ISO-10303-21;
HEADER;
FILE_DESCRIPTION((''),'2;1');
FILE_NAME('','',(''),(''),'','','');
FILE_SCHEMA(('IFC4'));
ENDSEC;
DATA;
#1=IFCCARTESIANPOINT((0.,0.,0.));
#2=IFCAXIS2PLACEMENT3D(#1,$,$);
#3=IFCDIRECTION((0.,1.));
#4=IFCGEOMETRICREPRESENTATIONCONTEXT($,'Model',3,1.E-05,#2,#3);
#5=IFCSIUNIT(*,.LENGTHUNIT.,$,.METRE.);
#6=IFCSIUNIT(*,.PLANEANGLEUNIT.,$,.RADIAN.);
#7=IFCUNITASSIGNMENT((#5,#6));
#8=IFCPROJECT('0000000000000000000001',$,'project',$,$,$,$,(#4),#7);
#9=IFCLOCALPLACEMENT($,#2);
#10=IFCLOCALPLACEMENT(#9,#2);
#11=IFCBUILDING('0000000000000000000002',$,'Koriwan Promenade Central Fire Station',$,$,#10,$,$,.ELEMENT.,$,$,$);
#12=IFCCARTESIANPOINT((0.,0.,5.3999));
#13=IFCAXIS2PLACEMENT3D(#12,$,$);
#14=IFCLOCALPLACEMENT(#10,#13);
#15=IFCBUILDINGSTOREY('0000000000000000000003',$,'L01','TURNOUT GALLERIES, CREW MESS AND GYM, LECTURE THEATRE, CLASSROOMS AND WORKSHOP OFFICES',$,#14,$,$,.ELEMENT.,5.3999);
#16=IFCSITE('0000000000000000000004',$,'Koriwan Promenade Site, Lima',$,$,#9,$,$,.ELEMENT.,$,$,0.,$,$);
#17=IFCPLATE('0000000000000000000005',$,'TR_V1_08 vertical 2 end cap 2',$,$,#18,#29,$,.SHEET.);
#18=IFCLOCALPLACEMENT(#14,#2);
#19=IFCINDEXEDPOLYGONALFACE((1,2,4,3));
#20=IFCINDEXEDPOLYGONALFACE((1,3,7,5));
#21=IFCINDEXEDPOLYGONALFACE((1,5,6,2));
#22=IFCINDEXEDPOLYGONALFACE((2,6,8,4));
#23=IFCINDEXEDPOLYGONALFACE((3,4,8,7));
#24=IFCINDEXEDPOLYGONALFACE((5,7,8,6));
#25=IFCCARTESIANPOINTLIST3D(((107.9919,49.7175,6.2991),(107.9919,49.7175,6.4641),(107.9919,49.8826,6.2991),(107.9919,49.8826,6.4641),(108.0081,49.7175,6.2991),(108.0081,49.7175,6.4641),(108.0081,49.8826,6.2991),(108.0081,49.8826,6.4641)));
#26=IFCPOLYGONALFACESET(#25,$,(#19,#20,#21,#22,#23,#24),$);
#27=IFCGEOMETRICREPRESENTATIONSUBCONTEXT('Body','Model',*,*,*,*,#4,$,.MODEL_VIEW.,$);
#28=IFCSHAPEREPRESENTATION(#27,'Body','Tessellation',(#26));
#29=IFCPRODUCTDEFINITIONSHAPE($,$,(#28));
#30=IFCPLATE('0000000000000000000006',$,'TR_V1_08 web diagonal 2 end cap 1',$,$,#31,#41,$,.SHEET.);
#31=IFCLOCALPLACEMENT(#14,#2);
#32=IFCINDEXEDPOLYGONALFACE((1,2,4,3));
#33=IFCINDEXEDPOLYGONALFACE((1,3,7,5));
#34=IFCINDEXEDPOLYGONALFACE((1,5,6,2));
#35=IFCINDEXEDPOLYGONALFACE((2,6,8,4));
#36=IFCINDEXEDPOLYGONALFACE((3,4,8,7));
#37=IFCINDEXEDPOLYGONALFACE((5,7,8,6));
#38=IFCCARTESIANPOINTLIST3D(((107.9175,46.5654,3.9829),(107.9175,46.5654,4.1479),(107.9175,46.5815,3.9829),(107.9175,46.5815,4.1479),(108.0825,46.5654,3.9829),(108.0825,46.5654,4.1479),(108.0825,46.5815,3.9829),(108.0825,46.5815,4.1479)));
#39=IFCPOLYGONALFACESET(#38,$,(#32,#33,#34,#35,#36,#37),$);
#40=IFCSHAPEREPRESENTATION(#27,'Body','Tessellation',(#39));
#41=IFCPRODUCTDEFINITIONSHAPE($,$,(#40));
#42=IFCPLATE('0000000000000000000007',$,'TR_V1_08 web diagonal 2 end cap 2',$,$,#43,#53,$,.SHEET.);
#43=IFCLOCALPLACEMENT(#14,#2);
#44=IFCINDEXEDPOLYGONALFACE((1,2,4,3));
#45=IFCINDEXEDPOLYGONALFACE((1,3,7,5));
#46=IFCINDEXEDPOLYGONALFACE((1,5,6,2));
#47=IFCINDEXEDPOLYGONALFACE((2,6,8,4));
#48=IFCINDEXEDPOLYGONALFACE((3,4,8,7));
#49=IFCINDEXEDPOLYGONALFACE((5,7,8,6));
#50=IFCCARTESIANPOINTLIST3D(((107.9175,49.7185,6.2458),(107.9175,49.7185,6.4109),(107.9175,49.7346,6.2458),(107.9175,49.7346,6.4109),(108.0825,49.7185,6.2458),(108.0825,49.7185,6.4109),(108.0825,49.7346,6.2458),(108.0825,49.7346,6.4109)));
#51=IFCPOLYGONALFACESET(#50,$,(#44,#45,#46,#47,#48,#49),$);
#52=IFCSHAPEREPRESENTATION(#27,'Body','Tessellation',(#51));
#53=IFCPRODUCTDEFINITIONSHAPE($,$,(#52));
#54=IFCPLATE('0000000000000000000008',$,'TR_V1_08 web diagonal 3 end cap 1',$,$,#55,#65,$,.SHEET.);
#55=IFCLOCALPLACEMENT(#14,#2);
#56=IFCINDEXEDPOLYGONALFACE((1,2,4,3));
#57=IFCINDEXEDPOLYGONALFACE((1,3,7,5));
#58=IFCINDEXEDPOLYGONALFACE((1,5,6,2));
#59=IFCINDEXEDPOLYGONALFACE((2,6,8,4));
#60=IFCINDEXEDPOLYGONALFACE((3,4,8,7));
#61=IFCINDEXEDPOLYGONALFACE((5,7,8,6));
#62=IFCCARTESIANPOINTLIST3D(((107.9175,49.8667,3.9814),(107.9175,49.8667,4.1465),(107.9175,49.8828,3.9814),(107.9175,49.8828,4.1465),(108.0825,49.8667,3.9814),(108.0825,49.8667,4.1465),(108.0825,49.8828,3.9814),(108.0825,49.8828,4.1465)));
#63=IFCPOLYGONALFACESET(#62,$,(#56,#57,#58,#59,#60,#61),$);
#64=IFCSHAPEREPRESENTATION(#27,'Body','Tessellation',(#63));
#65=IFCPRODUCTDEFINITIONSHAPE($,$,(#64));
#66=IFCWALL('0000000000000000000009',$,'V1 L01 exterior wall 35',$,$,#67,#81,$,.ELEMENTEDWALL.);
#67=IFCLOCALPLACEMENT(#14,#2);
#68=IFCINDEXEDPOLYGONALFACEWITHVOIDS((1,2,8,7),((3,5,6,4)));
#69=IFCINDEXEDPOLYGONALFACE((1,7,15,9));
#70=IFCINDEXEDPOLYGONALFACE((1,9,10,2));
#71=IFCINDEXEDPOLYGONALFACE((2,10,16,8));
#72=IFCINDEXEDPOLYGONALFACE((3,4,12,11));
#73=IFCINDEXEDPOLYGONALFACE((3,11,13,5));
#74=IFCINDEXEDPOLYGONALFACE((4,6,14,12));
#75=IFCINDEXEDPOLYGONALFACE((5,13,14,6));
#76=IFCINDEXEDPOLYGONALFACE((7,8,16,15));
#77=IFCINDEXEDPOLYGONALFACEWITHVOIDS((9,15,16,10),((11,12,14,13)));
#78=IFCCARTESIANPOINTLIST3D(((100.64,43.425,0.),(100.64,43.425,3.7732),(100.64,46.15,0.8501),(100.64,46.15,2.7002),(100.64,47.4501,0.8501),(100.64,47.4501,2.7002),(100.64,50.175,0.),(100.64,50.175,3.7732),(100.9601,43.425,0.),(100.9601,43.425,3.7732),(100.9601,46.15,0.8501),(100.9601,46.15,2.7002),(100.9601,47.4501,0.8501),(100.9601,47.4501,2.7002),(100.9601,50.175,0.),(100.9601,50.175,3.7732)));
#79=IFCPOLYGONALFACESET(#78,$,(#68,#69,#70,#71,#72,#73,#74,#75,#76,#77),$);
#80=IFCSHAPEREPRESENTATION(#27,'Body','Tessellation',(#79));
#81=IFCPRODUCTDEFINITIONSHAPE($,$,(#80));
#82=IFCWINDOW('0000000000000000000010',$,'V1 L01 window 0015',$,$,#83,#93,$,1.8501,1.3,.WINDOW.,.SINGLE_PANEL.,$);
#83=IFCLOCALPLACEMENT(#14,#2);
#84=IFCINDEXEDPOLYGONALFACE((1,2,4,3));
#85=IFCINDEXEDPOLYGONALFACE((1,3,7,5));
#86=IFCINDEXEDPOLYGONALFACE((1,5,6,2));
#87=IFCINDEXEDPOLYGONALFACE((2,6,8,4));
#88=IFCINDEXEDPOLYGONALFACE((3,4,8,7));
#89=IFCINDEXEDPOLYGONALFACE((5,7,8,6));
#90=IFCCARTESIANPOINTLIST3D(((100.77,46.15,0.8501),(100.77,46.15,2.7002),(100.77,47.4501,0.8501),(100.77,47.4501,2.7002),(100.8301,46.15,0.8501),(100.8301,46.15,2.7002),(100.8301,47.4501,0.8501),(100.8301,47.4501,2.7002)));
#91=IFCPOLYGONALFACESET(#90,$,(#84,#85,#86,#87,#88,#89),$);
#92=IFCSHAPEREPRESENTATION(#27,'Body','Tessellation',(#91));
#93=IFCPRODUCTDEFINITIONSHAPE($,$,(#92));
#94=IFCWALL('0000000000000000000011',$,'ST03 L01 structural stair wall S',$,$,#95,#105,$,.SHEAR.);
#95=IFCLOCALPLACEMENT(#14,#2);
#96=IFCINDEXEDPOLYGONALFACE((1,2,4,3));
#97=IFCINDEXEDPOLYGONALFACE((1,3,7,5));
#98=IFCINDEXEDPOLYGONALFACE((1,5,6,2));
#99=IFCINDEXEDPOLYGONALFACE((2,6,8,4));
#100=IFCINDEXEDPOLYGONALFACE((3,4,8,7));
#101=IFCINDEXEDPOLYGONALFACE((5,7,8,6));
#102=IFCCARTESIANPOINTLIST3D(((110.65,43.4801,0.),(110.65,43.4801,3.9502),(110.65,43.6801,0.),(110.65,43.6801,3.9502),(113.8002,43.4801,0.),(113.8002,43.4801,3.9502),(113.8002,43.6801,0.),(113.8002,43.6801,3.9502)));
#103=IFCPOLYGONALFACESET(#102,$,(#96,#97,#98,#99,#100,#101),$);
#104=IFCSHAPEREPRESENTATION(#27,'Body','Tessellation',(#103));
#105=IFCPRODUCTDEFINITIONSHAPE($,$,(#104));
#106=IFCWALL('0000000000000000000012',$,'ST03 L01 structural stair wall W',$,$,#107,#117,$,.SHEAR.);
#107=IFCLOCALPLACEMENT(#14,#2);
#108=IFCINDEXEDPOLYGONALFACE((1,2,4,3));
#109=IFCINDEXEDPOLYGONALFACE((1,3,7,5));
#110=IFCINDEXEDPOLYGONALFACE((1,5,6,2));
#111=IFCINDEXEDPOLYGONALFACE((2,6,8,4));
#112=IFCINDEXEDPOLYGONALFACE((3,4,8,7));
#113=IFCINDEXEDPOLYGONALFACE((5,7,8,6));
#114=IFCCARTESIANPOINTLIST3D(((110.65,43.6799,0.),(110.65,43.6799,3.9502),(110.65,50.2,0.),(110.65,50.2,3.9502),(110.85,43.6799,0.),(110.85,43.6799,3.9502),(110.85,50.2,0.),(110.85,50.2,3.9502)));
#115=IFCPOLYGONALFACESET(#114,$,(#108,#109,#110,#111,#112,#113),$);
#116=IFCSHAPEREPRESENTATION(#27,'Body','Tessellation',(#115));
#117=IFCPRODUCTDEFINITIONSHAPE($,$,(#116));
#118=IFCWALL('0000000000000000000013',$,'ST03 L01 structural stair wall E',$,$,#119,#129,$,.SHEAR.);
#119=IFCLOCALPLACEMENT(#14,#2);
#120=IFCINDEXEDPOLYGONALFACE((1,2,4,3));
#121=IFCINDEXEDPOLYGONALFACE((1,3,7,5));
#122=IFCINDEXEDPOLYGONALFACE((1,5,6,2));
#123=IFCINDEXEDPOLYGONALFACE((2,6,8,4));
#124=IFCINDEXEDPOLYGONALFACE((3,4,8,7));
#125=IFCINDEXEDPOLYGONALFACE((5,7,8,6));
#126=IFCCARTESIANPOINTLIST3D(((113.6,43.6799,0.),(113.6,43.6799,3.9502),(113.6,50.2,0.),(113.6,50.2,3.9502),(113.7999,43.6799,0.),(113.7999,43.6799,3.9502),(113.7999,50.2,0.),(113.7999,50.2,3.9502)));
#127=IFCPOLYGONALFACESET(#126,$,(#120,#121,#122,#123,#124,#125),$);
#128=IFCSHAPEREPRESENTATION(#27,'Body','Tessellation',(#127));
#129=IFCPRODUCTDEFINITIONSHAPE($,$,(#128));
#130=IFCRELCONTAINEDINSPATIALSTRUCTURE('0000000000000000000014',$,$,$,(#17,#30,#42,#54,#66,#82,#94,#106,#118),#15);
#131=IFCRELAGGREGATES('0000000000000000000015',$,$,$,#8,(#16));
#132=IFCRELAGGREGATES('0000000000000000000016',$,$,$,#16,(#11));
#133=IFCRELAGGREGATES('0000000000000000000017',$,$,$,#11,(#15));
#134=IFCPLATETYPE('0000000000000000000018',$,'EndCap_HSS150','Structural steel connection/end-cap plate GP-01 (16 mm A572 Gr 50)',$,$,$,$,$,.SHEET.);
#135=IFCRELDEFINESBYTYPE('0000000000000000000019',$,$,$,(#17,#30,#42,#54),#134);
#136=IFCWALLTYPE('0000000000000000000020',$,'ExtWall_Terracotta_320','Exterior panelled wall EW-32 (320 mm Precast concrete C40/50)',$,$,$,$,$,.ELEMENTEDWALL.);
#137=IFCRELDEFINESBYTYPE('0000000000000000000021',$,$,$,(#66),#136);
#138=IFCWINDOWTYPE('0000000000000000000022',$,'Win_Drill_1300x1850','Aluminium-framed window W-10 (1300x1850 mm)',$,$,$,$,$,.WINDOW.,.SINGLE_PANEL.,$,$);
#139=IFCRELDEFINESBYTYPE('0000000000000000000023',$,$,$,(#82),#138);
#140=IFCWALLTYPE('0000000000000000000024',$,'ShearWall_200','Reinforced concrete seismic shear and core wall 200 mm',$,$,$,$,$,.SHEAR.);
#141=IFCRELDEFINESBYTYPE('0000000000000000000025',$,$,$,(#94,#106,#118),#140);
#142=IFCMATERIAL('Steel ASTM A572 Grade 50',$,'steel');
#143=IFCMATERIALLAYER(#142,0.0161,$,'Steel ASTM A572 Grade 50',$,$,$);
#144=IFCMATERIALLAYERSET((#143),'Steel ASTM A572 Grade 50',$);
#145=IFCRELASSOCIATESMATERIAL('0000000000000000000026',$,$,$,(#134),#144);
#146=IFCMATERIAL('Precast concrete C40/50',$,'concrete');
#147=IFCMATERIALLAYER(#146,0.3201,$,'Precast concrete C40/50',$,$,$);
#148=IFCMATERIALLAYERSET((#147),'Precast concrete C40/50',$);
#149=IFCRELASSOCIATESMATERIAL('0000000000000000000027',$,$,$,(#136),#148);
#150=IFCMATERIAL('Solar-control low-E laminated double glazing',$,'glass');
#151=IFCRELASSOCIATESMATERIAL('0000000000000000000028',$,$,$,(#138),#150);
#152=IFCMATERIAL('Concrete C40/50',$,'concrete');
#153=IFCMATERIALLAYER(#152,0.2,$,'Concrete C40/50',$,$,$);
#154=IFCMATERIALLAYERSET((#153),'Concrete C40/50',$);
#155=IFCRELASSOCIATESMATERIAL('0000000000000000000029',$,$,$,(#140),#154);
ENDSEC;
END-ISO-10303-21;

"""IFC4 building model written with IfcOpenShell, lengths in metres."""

from ifc_helpers import new_model, si_unit, direction, frame, frame_2d, origin, origin_2d, place, context, subcontext, project, spatial, rectangle, extrude, material, layer, layer_set, type_object, element, fill, save


model = new_model("IFC4")

# Units and contexts
model_context = context("Model", 3, precision=1e-05, world=origin(), true_north=direction((0.0, 1.0)))
body_context = subcontext(model_context, "Body", "Model", "MODEL_VIEW")
ifc_project = project(units=[si_unit("LENGTHUNIT", "METRE"), si_unit("PLANEANGLEUNIT", "RADIAN")], contexts=[model_context])

# Site, building, storey
site_placement = place(None, origin())
site = spatial("IfcSite", under=ifc_project, at=site_placement, Name="Koriwan Promenade Site, Lima", CompositionType="ELEMENT", RefElevation=0.0)
building_placement = place(site_placement, origin())
building = spatial("IfcBuilding", under=site, at=building_placement, Name="Koriwan Promenade Central Fire Station", CompositionType="ELEMENT")
storey_placement = place(building_placement, frame((0.0, 0.0, 5.3999)))
storey = spatial("IfcBuildingStorey", under=building, at=storey_placement, Name="L01", Description="TURNOUT GALLERIES, CREW MESS AND GYM, LECTURE THEATRE, CLASSROOMS AND WORKSHOP OFFICES", CompositionType="ELEMENT", Elevation=5.3999)

# Shared definitions
ifc_material_1 = material(Name="Concrete C40/50", Category="concrete")

# Plates
ifc_material_2 = material(Name="Steel ASTM A572 Grade 50", Category="steel")
ifc_layer_1 = layer(ifc_material_2, 0.0161, Name="Steel ASTM A572 Grade 50")
ifc_layer_set_1 = layer_set([ifc_layer_1], Name="Steel ASTM A572 Grade 50")
plate_type = type_object("IfcPlateType", Name="EndCap_HSS150", Description="Structural steel connection/end-cap plate GP-01 (16 mm A572 Gr 50)", PredefinedType="SHEET", material=ifc_layer_set_1)
for number, where, z_axis, x_axis, name in (
    (1, (108.0, 49.8, 6.2991), (0.0, 0.0, 1.0), (1.0, 0.0, 0.0), "TR_V1_08 vertical 2 end cap 2"),
    (2, (108.0, 46.5735, 3.9829), (0.0, 0.0, 1.0), (0.0, 1.0, 0.0), "TR_V1_08 web diagonal 2 end cap 1"),
    (3, (108.0, 49.7266, 6.2458), (0.0, 0.0, 1.0), (0.0, 1.0, 0.0), "TR_V1_08 web diagonal 2 end cap 2"),
    (4, (108.0, 49.8748, 3.9814), (0.0, 0.0, 1.0), (0.0, 1.0, 0.0), "TR_V1_08 web diagonal 3 end cap 1"),
):
    element("IfcPlate", number, at=place(storey_placement, frame(where, z_axis=z_axis, x_axis=x_axis)), inside=storey, type_object=plate_type, Name=name, PredefinedType="SHEET", context=body_context, shape_type="SweptSolid", body=[
        extrude(rectangle(XDim=0.0161, YDim=0.165, at=origin_2d()), origin(), (0.0, 0.0, 1.0), 0.165),
    ])

# Wall, opening, window
ifc_material_3 = material(Name="Precast concrete C40/50", Category="concrete")
ifc_layer_2 = layer(ifc_material_3, 0.3201, Name="Precast concrete C40/50")
ifc_layer_set_2 = layer_set([ifc_layer_2], Name="Precast concrete C40/50")
wall_type_1 = type_object("IfcWallType", Name="ExtWall_Terracotta_320", Description="Exterior panelled wall EW-32 (320 mm Precast concrete C40/50)", PredefinedType="ELEMENTEDWALL", material=ifc_layer_set_2)
wall_1_placement = place(storey_placement, frame((100.8, 43.425, 0.0), z_axis=(0.0, 0.0, 1.0), x_axis=(0.0, 1.0, 0.0)))
wall_1 = element("IfcWall", 5, at=wall_1_placement, inside=storey, type_object=wall_type_1, Name="V1 L01 exterior wall 35", PredefinedType="ELEMENTEDWALL", context=body_context, shape_type="SweptSolid", body=[
    extrude(rectangle(XDim=6.75, YDim=0.3201, at=frame_2d((3.375, 0.0))), origin(), (0.0, 0.0, 1.0), 3.7732),
])
opening_1_placement = place(wall_1_placement, frame((2.7251, 0.0, 0.8501)))
opening_1 = element("IfcOpeningElement", 6, at=opening_1_placement, cuts=wall_1, PredefinedType="OPENING", context=body_context, shape_type="SweptSolid", body=[
    extrude(rectangle(XDim=1.3, YDim=1.8501, at=frame_2d((0.6499, 0.925))), frame((0.0, 0.1719, 0.0), z_axis=(0.0, -1.0, 0.0), x_axis=(1.0, 0.0, 0.0)), (0.0, 0.0, 1.0), 0.344),
])
ifc_material_4 = material(Name="Solar-control low-E laminated double glazing", Category="glass")
window_type = type_object("IfcWindowType", Name="Win_Drill_1300x1850", Description="Aluminium-framed window W-10 (1300x1850 mm)", PartitioningType="SINGLE_PANEL", PredefinedType="WINDOW", material=ifc_material_4)
window_placement = place(opening_1_placement, origin())
window = element("IfcWindow", 7, at=window_placement, inside=storey, type_object=window_type, Name="V1 L01 window 0015", OverallHeight=1.8501, OverallWidth=1.3, PartitioningType="SINGLE_PANEL", PredefinedType="WINDOW", context=body_context, shape_type="SweptSolid", body=[
    extrude(rectangle(XDim=1.3, YDim=1.8501, at=frame_2d((0.6499, 0.925))), frame((0.0, 0.03, 0.0), z_axis=(0.0, -1.0, 0.0), x_axis=(1.0, 0.0, 0.0)), (0.0, 0.0, 1.0), 0.0601),
])
fill(opening_1, window)

# Wall
ifc_layer_3 = layer(ifc_material_1, 0.2, Name="Concrete C40/50")
ifc_layer_set_3 = layer_set([ifc_layer_3], Name="Concrete C40/50")
wall_type_2 = type_object("IfcWallType", Name="ShearWall_200", Description="Reinforced concrete seismic shear and core wall 200 mm", PredefinedType="SHEAR", material=ifc_layer_set_3)
wall_2_placement = place(storey_placement, frame((110.6499, 43.5801, 0.0), z_axis=(0.0, 0.0, 1.0), x_axis=(1.0, 0.0, 0.0)))
element("IfcWall", 8, at=wall_2_placement, inside=storey, type_object=wall_type_2, Name="ST03 L01 structural stair wall S", PredefinedType="SHEAR", context=body_context, shape_type="SweptSolid", body=[
    extrude(rectangle(XDim=3.1501, YDim=0.2, at=frame_2d((1.5752, 0.0))), origin(), (0.0, 0.0, 1.0), 3.9502),
])

# Walls
for number, where, z_axis, x_axis, name in (
    (9, (110.75, 43.6799, 0.0), (0.0, 0.0, 1.0), (0.0, 1.0, 0.0), "ST03 L01 structural stair wall W"),
    (10, (113.7, 43.6799, 0.0), (0.0, 0.0, 1.0), (0.0, 1.0, 0.0), "ST03 L01 structural stair wall E"),
):
    element("IfcWall", number, at=place(storey_placement, frame(where, z_axis=z_axis, x_axis=x_axis)), inside=storey, type_object=wall_type_2, Name=name, PredefinedType="SHEAR", context=body_context, shape_type="SweptSolid", body=[
        extrude(rectangle(XDim=6.52, YDim=0.2, at=frame_2d((3.26, 0.0))), origin(), (0.0, 0.0, 1.0), 3.9502),
    ])

save(model, "model.ifc")
